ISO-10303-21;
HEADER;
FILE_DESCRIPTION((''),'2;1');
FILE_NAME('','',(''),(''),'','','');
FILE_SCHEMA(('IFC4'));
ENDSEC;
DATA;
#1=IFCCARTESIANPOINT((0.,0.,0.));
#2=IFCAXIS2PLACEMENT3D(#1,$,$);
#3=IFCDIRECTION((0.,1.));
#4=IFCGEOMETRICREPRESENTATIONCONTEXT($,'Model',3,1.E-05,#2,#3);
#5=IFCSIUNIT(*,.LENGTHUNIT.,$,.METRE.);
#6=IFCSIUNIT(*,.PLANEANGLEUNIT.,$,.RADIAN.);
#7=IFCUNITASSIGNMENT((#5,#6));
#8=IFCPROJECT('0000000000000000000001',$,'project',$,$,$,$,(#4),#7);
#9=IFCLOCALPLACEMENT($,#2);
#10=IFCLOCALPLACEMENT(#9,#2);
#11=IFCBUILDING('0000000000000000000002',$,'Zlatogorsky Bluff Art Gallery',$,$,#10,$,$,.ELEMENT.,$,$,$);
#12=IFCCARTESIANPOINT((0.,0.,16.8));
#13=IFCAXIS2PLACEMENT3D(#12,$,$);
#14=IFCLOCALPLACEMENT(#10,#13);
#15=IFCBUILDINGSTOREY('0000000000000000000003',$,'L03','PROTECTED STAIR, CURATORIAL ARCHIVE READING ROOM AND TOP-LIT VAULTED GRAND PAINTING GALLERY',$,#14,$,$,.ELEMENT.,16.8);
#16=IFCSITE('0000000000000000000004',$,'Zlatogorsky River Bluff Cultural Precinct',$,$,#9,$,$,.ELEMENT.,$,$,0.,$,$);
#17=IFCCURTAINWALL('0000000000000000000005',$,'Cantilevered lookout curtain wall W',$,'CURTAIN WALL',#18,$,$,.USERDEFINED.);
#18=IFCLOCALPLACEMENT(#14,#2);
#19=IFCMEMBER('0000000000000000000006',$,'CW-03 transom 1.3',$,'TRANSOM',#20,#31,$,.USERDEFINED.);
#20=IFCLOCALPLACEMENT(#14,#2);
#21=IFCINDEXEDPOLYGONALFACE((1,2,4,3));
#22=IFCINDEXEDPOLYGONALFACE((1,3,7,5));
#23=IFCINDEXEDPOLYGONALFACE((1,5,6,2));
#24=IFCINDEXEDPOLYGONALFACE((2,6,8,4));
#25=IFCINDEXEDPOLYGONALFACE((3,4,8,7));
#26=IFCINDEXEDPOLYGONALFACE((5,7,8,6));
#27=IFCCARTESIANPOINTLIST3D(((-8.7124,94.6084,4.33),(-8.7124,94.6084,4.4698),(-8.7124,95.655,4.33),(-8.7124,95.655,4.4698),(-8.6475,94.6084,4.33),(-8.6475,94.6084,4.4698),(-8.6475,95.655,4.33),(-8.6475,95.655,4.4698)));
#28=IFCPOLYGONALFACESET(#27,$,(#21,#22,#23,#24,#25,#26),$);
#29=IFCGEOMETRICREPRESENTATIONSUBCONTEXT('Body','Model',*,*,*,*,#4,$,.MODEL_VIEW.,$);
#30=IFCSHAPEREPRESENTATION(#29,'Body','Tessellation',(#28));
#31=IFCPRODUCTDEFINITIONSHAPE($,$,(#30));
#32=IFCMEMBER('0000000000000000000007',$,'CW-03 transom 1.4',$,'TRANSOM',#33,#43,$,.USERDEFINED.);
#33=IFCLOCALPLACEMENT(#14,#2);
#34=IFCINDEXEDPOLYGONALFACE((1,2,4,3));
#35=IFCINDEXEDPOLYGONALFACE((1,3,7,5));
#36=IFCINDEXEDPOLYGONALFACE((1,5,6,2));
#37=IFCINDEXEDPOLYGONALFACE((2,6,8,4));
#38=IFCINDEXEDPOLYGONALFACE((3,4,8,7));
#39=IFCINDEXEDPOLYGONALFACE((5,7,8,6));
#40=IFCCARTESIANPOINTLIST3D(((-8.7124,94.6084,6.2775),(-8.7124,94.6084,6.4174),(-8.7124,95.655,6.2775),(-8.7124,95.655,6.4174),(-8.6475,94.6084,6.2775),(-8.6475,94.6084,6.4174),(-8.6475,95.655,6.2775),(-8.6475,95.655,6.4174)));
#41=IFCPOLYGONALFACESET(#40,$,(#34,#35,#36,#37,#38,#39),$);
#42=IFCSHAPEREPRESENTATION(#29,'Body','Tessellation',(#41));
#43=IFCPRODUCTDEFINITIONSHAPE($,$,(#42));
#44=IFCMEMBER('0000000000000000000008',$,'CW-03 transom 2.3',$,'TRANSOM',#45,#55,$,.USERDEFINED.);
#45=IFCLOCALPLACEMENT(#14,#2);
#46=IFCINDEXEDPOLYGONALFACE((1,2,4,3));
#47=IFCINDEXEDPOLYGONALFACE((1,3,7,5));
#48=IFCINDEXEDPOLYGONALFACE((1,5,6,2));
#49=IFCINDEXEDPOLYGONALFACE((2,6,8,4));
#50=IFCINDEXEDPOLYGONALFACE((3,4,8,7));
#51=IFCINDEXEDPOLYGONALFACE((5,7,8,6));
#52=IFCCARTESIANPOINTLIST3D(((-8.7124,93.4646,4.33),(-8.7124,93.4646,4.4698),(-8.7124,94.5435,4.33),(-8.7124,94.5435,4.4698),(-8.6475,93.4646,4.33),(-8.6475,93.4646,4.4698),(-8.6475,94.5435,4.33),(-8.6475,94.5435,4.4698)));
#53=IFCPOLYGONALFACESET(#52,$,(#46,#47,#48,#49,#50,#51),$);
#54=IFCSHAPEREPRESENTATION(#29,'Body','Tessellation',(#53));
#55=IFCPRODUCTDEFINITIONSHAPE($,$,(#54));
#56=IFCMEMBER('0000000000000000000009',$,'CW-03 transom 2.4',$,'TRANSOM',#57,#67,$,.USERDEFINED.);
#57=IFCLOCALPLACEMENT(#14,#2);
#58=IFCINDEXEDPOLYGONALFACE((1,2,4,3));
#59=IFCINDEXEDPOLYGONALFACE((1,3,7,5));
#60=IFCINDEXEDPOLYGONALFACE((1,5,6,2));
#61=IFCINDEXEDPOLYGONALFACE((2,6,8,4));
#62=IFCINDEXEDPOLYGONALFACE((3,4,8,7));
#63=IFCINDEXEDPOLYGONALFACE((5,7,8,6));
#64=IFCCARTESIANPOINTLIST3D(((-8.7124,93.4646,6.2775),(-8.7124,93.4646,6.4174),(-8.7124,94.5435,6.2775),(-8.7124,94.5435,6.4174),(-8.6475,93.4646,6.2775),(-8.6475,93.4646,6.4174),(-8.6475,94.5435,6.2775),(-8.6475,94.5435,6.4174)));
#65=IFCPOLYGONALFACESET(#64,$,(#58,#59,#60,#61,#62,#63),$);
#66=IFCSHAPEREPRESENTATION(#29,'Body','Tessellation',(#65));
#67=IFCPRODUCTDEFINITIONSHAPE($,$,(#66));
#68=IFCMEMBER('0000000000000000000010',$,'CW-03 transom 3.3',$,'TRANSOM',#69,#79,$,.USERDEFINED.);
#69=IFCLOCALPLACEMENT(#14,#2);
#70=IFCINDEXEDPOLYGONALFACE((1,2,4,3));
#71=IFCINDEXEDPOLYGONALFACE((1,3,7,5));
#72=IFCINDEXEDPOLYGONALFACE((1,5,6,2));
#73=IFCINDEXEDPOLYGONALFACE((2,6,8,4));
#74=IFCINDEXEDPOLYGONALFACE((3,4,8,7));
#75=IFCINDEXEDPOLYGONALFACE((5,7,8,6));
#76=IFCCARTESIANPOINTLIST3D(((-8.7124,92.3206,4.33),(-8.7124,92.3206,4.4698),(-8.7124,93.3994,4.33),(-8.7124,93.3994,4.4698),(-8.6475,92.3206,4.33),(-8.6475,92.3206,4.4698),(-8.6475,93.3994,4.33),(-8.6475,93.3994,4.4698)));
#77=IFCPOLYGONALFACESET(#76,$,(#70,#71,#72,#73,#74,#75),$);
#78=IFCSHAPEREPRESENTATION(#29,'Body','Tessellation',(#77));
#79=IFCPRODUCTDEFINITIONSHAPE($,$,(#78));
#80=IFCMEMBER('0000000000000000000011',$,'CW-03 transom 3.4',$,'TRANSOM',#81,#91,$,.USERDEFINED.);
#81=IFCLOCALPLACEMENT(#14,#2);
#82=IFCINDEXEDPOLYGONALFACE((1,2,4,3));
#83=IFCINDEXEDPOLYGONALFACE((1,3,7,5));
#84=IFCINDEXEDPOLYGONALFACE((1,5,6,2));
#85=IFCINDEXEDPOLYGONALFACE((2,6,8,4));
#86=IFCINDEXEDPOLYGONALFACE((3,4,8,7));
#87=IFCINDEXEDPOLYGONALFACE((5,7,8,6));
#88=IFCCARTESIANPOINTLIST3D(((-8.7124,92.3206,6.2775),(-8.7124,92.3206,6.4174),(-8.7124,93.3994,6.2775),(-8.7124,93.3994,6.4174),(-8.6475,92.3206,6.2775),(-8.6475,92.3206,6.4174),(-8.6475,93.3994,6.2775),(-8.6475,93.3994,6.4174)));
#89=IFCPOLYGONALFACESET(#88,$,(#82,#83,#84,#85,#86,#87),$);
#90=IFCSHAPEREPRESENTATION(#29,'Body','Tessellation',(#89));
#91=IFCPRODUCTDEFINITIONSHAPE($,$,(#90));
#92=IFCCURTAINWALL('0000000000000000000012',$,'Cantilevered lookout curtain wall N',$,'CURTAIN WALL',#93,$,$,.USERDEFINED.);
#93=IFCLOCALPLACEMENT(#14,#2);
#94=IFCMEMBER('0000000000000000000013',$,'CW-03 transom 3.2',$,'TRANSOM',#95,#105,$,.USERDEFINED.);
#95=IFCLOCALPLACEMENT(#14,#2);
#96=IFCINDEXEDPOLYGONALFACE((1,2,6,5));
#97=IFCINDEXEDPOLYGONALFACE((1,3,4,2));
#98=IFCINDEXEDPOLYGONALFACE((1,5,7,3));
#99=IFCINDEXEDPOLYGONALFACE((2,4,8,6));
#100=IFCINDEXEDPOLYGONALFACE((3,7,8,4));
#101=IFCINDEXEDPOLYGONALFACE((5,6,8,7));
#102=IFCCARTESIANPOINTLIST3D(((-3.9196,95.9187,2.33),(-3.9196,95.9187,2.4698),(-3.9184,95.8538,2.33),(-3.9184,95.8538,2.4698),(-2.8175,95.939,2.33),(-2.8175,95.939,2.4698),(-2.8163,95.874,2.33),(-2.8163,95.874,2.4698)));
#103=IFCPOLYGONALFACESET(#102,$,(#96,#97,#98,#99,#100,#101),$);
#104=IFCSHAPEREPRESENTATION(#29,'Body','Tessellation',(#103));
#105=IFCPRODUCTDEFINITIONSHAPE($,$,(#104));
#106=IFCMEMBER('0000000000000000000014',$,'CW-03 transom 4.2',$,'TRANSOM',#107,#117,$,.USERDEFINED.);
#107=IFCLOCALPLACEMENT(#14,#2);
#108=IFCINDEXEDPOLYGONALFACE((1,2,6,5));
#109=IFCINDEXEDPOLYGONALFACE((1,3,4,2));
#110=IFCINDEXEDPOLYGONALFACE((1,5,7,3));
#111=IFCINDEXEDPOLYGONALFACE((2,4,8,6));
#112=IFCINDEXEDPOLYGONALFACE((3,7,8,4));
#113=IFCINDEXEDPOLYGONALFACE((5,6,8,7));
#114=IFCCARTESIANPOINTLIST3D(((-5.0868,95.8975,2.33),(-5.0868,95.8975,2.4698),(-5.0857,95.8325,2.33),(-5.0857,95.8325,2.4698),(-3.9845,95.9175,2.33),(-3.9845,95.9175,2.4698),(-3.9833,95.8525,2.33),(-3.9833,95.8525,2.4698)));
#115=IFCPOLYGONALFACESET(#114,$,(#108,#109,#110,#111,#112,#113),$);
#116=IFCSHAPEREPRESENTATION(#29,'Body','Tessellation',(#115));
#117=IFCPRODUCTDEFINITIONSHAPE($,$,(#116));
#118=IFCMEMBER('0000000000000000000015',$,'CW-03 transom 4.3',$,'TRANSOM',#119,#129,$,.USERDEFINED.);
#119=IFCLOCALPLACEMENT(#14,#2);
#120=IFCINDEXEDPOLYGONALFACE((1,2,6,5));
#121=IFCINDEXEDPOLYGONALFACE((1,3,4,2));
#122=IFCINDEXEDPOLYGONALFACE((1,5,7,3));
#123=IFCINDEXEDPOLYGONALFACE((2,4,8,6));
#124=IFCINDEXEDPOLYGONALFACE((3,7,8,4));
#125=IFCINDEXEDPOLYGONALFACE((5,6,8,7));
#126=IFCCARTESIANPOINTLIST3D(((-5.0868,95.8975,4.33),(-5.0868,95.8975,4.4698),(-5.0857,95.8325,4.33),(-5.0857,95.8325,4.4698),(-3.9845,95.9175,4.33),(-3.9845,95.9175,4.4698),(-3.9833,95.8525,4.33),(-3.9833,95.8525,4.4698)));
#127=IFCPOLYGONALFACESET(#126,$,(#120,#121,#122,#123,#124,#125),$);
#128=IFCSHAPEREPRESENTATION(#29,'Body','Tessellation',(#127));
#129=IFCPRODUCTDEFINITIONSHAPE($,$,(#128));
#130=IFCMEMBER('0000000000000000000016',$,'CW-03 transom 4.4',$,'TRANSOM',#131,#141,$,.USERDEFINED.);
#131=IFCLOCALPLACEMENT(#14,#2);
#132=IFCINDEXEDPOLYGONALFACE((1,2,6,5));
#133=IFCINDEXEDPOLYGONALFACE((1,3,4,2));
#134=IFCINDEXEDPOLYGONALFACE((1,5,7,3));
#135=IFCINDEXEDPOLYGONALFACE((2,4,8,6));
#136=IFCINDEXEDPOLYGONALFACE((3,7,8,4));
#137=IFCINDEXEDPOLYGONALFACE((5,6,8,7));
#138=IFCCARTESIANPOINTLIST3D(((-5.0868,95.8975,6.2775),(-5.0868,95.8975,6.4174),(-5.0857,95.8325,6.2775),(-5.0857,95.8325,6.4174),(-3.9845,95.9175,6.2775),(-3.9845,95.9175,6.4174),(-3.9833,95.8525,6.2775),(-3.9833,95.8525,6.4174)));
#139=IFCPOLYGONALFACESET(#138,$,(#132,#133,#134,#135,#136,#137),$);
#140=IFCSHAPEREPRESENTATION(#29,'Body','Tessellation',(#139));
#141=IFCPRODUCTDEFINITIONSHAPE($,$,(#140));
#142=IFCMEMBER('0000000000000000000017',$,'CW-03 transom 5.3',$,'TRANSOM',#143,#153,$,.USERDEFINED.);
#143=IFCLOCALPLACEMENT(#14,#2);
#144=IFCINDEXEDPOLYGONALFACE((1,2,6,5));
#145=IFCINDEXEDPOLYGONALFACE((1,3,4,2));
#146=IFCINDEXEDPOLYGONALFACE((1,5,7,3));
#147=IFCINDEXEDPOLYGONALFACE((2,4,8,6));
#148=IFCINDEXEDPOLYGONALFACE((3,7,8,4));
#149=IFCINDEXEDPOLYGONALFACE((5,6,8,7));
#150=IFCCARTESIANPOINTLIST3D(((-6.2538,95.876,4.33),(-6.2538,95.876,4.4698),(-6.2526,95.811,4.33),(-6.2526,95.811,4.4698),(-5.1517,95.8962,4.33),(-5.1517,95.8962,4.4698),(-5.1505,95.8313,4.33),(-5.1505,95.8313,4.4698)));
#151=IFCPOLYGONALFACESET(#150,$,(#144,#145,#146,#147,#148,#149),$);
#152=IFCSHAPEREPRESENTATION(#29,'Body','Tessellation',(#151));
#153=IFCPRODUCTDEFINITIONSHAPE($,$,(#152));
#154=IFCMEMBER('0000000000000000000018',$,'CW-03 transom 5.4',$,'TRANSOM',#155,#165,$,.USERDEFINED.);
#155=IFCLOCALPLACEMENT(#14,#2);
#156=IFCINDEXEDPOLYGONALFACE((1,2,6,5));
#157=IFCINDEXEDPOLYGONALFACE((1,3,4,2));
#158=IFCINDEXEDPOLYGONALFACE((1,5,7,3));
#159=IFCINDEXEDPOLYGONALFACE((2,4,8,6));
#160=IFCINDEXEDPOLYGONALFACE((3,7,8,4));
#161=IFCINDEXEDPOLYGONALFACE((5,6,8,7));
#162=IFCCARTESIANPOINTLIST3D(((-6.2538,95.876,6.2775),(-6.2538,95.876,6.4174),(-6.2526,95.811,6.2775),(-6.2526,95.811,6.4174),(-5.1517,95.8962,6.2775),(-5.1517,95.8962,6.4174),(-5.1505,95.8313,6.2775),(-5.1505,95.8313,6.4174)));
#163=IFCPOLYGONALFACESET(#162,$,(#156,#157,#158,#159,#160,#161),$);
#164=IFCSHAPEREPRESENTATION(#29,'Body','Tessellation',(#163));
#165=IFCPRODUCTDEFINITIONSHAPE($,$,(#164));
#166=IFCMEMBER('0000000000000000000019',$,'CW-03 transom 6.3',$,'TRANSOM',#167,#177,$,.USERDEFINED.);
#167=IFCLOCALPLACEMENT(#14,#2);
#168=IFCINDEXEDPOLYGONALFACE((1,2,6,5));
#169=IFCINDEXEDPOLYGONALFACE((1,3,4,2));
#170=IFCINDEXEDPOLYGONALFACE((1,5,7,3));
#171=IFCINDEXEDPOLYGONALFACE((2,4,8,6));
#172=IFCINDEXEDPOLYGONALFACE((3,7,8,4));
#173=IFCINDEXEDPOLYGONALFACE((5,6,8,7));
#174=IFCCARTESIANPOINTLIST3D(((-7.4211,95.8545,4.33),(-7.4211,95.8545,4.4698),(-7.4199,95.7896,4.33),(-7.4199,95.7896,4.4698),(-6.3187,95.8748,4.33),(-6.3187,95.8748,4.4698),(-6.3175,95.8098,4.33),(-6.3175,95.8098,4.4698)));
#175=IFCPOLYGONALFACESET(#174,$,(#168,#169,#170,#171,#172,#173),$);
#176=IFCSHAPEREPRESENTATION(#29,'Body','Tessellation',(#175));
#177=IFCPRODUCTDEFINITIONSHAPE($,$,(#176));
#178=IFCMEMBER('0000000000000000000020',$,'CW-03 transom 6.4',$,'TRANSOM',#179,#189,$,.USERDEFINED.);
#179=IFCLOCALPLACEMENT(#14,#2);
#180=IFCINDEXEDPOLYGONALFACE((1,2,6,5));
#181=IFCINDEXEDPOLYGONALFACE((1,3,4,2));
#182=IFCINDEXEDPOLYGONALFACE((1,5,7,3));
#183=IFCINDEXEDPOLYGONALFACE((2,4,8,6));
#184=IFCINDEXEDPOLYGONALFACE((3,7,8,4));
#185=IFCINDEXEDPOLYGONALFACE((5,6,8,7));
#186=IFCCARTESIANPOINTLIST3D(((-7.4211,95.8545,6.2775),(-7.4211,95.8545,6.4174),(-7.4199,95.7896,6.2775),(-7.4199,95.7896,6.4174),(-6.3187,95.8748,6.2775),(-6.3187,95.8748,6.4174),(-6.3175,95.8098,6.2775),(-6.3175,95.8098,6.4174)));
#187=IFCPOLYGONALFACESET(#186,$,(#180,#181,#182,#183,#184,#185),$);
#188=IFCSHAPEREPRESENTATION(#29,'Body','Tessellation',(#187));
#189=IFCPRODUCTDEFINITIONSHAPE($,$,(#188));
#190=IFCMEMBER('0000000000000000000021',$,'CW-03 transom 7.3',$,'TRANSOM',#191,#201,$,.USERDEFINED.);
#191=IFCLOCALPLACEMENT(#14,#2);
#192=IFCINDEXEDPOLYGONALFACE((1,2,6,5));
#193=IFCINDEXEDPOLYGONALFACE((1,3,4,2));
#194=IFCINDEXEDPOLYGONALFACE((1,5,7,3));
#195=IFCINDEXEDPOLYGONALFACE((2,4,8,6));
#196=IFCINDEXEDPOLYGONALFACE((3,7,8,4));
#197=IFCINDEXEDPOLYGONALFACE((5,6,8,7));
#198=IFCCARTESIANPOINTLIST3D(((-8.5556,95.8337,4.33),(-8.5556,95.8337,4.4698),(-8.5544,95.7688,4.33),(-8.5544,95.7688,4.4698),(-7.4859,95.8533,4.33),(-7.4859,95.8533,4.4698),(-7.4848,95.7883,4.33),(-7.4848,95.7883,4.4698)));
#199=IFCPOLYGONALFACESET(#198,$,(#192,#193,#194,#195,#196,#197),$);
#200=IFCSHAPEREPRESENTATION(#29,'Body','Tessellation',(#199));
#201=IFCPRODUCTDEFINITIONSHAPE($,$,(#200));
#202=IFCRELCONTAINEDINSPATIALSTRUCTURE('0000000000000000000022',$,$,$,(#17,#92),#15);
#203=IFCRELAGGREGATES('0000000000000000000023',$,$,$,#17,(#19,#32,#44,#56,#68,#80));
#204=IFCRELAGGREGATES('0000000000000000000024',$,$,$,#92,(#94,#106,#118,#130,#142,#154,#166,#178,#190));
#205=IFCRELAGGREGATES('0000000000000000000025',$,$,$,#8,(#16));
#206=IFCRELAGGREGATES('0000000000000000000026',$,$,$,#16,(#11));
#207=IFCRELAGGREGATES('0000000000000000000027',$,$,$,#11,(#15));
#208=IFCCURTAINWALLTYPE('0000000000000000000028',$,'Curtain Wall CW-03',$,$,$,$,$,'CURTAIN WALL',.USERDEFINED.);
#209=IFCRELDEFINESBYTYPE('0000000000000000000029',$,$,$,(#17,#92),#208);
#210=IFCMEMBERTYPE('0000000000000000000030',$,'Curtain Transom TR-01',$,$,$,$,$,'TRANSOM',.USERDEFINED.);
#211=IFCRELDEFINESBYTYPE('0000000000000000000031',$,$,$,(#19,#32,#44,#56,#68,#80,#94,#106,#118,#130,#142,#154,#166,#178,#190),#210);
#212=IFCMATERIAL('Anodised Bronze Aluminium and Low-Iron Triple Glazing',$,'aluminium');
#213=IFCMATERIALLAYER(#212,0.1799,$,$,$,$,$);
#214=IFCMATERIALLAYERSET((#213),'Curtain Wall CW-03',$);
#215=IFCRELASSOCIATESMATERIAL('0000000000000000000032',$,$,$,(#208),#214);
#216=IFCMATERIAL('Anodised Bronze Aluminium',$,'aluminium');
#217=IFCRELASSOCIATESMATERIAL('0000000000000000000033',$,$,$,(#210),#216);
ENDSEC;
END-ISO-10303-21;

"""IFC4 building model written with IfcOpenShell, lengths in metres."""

from ifc_helpers import new_model, si_unit, direction, frame, origin, origin_2d, place, context, subcontext, project, spatial, rectangle, extrude, material, layer, layer_set, material_profile, profile_set, type_object, element, aggregate, save


model = new_model("IFC4")

# Units and contexts
model_context = context("Model", 3, precision=1e-05, world=origin(), true_north=direction((0.0, 1.0)))
body_context = subcontext(model_context, "Body", "Model", "MODEL_VIEW")
ifc_project = project(units=[si_unit("LENGTHUNIT", "METRE"), si_unit("PLANEANGLEUNIT", "RADIAN")], contexts=[model_context])

# Site, building, storey
site_placement = place(None, origin())
site = spatial("IfcSite", under=ifc_project, at=site_placement, Name="Zlatogorsky River Bluff Cultural Precinct", CompositionType="ELEMENT", RefElevation=0.0)
building_placement = place(site_placement, origin())
building = spatial("IfcBuilding", under=site, at=building_placement, Name="Zlatogorsky Bluff Art Gallery", CompositionType="ELEMENT")
storey_placement = place(building_placement, frame((0.0, 0.0, 16.8)))
storey = spatial("IfcBuildingStorey", under=building, at=storey_placement, Name="L03", Description="PROTECTED STAIR, CURATORIAL ARCHIVE READING ROOM AND TOP-LIT VAULTED GRAND PAINTING GALLERY", CompositionType="ELEMENT", Elevation=16.8)

# Curtain walls, members
ifc_material_1 = material(Name="Anodised Bronze Aluminium and Low-Iron Triple Glazing", Category="aluminium")
ifc_layer_1 = layer(ifc_material_1, 0.1799)
ifc_layer_set_1 = layer_set([ifc_layer_1], Name="Curtain Wall CW-03")
curtain_wall_type = type_object("IfcCurtainWallType", Name="Curtain Wall CW-03", ElementType="CURTAIN WALL", PredefinedType="USERDEFINED", material=ifc_layer_set_1)
curtain_wall_1_placement = place(storey_placement, origin())
curtain_wall_1 = element("IfcCurtainWall", 1, at=curtain_wall_1_placement, inside=storey, type_object=curtain_wall_type, Name="Cantilevered lookout curtain wall W", ObjectType="CURTAIN WALL", PredefinedType="USERDEFINED")
ifc_material_2 = material(Name="Anodised Bronze Aluminium", Category="aluminium")
ifc_material_profile = material_profile(ifc_material_2, rectangle(XDim=0.0649, YDim=0.1399, at=origin_2d()), Name="ALU TRANSOM 65x140")
ifc_profile_set = profile_set([ifc_material_profile], Name="Anodised Bronze Aluminium")
member_type = type_object("IfcMemberType", Name="Curtain Transom TR-01", ElementType="TRANSOM", PredefinedType="USERDEFINED", material=ifc_profile_set)
member_1_placement = place(storey_placement, frame((-8.6799, 95.655, 4.3999), z_axis=(0.0, -1.0, 0.0), x_axis=(1.0, 0.0, 0.0)))
member_1 = element("IfcMember", 2, at=member_1_placement, type_object=member_type, Name="CW-03 transom 1.3", ObjectType="TRANSOM", PredefinedType="USERDEFINED", context=body_context, shape_type="SweptSolid", body=[
    extrude(rectangle(XDim=0.0649, YDim=0.1399, at=origin_2d()), origin(), (0.0, 0.0, 1.0), 1.0466),
])
member_2_placement = place(storey_placement, frame((-8.6799, 95.655, 6.3474), z_axis=(0.0, -1.0, 0.0), x_axis=(1.0, 0.0, 0.0)))
member_2 = element("IfcMember", 3, at=member_2_placement, type_object=member_type, Name="CW-03 transom 1.4", ObjectType="TRANSOM", PredefinedType="USERDEFINED", context=body_context, shape_type="SweptSolid", body=[
    extrude(rectangle(XDim=0.0649, YDim=0.1399, at=origin_2d()), origin(), (0.0, 0.0, 1.0), 1.0466),
])
member_3_placement = place(storey_placement, frame((-8.6799, 94.5435, 4.3999), z_axis=(0.0, -1.0, 0.0), x_axis=(1.0, 0.0, 0.0)))
member_3 = element("IfcMember", 4, at=member_3_placement, type_object=member_type, Name="CW-03 transom 2.3", ObjectType="TRANSOM", PredefinedType="USERDEFINED", context=body_context, shape_type="SweptSolid", body=[
    extrude(rectangle(XDim=0.0649, YDim=0.1399, at=origin_2d()), origin(), (0.0, 0.0, 1.0), 1.0789),
])
member_4_placement = place(storey_placement, frame((-8.6799, 94.5435, 6.3474), z_axis=(0.0, -1.0, 0.0), x_axis=(1.0, 0.0, 0.0)))
member_4 = element("IfcMember", 5, at=member_4_placement, type_object=member_type, Name="CW-03 transom 2.4", ObjectType="TRANSOM", PredefinedType="USERDEFINED", context=body_context, shape_type="SweptSolid", body=[
    extrude(rectangle(XDim=0.0649, YDim=0.1399, at=origin_2d()), origin(), (0.0, 0.0, 1.0), 1.0789),
])
member_5_placement = place(storey_placement, frame((-8.6799, 93.3994, 4.3999), z_axis=(0.0, -1.0, 0.0), x_axis=(1.0, 0.0, 0.0)))
member_5 = element("IfcMember", 6, at=member_5_placement, type_object=member_type, Name="CW-03 transom 3.3", ObjectType="TRANSOM", PredefinedType="USERDEFINED", context=body_context, shape_type="SweptSolid", body=[
    extrude(rectangle(XDim=0.0649, YDim=0.1399, at=origin_2d()), origin(), (0.0, 0.0, 1.0), 1.0789),
])
member_6_placement = place(storey_placement, frame((-8.6799, 93.3994, 6.3474), z_axis=(0.0, -1.0, 0.0), x_axis=(1.0, 0.0, 0.0)))
member_6 = element("IfcMember", 7, at=member_6_placement, type_object=member_type, Name="CW-03 transom 3.4", ObjectType="TRANSOM", PredefinedType="USERDEFINED", context=body_context, shape_type="SweptSolid", body=[
    extrude(rectangle(XDim=0.0649, YDim=0.1399, at=origin_2d()), origin(), (0.0, 0.0, 1.0), 1.0789),
])
curtain_wall_2_placement = place(storey_placement, origin())
curtain_wall_2 = element("IfcCurtainWall", 8, at=curtain_wall_2_placement, inside=storey, type_object=curtain_wall_type, Name="Cantilevered lookout curtain wall N", ObjectType="CURTAIN WALL", PredefinedType="USERDEFINED")
member_7_placement = place(storey_placement, frame((-2.8169, 95.9065, 2.3999), z_axis=(-0.999831, -0.018384, 0.0), x_axis=(0.018384, -0.999831, 0.0)))
member_7 = element("IfcMember", 9, at=member_7_placement, type_object=member_type, Name="CW-03 transom 3.2", ObjectType="TRANSOM", PredefinedType="USERDEFINED", context=body_context, shape_type="SweptSolid", body=[
    extrude(rectangle(XDim=0.0649, YDim=0.1399, at=origin_2d()), origin(), (0.0, 0.0, 1.0), 1.1023),
])
member_8_placement = place(storey_placement, frame((-3.9839, 95.885, 2.3999), z_axis=(-0.999835, -0.018159, 0.0), x_axis=(0.018159, -0.999835, 0.0)))
member_8 = element("IfcMember", 10, at=member_8_placement, type_object=member_type, Name="CW-03 transom 4.2", ObjectType="TRANSOM", PredefinedType="USERDEFINED", context=body_context, shape_type="SweptSolid", body=[
    extrude(rectangle(XDim=0.0649, YDim=0.1399, at=origin_2d()), origin(), (0.0, 0.0, 1.0), 1.1025),
])
member_9_placement = place(storey_placement, frame((-3.9839, 95.885, 4.3999), z_axis=(-0.999835, -0.018159, 0.0), x_axis=(0.018159, -0.999835, 0.0)))
member_9 = element("IfcMember", 11, at=member_9_placement, type_object=member_type, Name="CW-03 transom 4.3", ObjectType="TRANSOM", PredefinedType="USERDEFINED", context=body_context, shape_type="SweptSolid", body=[
    extrude(rectangle(XDim=0.0649, YDim=0.1399, at=origin_2d()), origin(), (0.0, 0.0, 1.0), 1.1025),
])
member_10_placement = place(storey_placement, frame((-3.9839, 95.885, 6.3474), z_axis=(-0.999835, -0.018159, 0.0), x_axis=(0.018159, -0.999835, 0.0)))
member_10 = element("IfcMember", 12, at=member_10_placement, type_object=member_type, Name="CW-03 transom 4.4", ObjectType="TRANSOM", PredefinedType="USERDEFINED", context=body_context, shape_type="SweptSolid", body=[
    extrude(rectangle(XDim=0.0649, YDim=0.1399, at=origin_2d()), origin(), (0.0, 0.0, 1.0), 1.1025),
])
member_11_placement = place(storey_placement, frame((-5.1511, 95.8638, 4.3999), z_axis=(-0.999831, -0.018384, 0.0), x_axis=(0.018384, -0.999831, 0.0)))
member_11 = element("IfcMember", 13, at=member_11_placement, type_object=member_type, Name="CW-03 transom 5.3", ObjectType="TRANSOM", PredefinedType="USERDEFINED", context=body_context, shape_type="SweptSolid", body=[
    extrude(rectangle(XDim=0.0649, YDim=0.1399, at=origin_2d()), origin(), (0.0, 0.0, 1.0), 1.1023),
])
member_12_placement = place(storey_placement, frame((-5.1511, 95.8638, 6.3474), z_axis=(-0.999831, -0.018384, 0.0), x_axis=(0.018384, -0.999831, 0.0)))
member_12 = element("IfcMember", 14, at=member_12_placement, type_object=member_type, Name="CW-03 transom 5.4", ObjectType="TRANSOM", PredefinedType="USERDEFINED", context=body_context, shape_type="SweptSolid", body=[
    extrude(rectangle(XDim=0.0649, YDim=0.1399, at=origin_2d()), origin(), (0.0, 0.0, 1.0), 1.1023),
])
member_13_placement = place(storey_placement, frame((-6.3181, 95.8423, 4.3999), z_axis=(-0.999831, -0.01838, 0.0), x_axis=(0.01838, -0.999831, 0.0)))
member_13 = element("IfcMember", 15, at=member_13_placement, type_object=member_type, Name="CW-03 transom 6.3", ObjectType="TRANSOM", PredefinedType="USERDEFINED", context=body_context, shape_type="SweptSolid", body=[
    extrude(rectangle(XDim=0.0649, YDim=0.1399, at=origin_2d()), origin(), (0.0, 0.0, 1.0), 1.1025),
])
member_14_placement = place(storey_placement, frame((-6.3181, 95.8423, 6.3474), z_axis=(-0.999831, -0.01838, 0.0), x_axis=(0.01838, -0.999831, 0.0)))
member_14 = element("IfcMember", 16, at=member_14_placement, type_object=member_type, Name="CW-03 transom 6.4", ObjectType="TRANSOM", PredefinedType="USERDEFINED", context=body_context, shape_type="SweptSolid", body=[
    extrude(rectangle(XDim=0.0649, YDim=0.1399, at=origin_2d()), origin(), (0.0, 0.0, 1.0), 1.1025),
])
member_15_placement = place(storey_placement, frame((-7.4854, 95.8208, 4.3999), z_axis=(-0.999833, -0.018258, 0.0), x_axis=(0.018258, -0.999833, 0.0)))
member_15 = element("IfcMember", 17, at=member_15_placement, type_object=member_type, Name="CW-03 transom 7.3", ObjectType="TRANSOM", PredefinedType="USERDEFINED", context=body_context, shape_type="SweptSolid", body=[
    extrude(rectangle(XDim=0.0649, YDim=0.1399, at=origin_2d()), origin(), (0.0, 0.0, 1.0), 1.0698),
])

aggregate(curtain_wall_1, [member_1, member_2, member_3, member_4, member_5, member_6])
aggregate(curtain_wall_2, [member_7, member_8, member_9, member_10, member_11, member_12, member_13, member_14, member_15])

save(model, "model.ifc")
